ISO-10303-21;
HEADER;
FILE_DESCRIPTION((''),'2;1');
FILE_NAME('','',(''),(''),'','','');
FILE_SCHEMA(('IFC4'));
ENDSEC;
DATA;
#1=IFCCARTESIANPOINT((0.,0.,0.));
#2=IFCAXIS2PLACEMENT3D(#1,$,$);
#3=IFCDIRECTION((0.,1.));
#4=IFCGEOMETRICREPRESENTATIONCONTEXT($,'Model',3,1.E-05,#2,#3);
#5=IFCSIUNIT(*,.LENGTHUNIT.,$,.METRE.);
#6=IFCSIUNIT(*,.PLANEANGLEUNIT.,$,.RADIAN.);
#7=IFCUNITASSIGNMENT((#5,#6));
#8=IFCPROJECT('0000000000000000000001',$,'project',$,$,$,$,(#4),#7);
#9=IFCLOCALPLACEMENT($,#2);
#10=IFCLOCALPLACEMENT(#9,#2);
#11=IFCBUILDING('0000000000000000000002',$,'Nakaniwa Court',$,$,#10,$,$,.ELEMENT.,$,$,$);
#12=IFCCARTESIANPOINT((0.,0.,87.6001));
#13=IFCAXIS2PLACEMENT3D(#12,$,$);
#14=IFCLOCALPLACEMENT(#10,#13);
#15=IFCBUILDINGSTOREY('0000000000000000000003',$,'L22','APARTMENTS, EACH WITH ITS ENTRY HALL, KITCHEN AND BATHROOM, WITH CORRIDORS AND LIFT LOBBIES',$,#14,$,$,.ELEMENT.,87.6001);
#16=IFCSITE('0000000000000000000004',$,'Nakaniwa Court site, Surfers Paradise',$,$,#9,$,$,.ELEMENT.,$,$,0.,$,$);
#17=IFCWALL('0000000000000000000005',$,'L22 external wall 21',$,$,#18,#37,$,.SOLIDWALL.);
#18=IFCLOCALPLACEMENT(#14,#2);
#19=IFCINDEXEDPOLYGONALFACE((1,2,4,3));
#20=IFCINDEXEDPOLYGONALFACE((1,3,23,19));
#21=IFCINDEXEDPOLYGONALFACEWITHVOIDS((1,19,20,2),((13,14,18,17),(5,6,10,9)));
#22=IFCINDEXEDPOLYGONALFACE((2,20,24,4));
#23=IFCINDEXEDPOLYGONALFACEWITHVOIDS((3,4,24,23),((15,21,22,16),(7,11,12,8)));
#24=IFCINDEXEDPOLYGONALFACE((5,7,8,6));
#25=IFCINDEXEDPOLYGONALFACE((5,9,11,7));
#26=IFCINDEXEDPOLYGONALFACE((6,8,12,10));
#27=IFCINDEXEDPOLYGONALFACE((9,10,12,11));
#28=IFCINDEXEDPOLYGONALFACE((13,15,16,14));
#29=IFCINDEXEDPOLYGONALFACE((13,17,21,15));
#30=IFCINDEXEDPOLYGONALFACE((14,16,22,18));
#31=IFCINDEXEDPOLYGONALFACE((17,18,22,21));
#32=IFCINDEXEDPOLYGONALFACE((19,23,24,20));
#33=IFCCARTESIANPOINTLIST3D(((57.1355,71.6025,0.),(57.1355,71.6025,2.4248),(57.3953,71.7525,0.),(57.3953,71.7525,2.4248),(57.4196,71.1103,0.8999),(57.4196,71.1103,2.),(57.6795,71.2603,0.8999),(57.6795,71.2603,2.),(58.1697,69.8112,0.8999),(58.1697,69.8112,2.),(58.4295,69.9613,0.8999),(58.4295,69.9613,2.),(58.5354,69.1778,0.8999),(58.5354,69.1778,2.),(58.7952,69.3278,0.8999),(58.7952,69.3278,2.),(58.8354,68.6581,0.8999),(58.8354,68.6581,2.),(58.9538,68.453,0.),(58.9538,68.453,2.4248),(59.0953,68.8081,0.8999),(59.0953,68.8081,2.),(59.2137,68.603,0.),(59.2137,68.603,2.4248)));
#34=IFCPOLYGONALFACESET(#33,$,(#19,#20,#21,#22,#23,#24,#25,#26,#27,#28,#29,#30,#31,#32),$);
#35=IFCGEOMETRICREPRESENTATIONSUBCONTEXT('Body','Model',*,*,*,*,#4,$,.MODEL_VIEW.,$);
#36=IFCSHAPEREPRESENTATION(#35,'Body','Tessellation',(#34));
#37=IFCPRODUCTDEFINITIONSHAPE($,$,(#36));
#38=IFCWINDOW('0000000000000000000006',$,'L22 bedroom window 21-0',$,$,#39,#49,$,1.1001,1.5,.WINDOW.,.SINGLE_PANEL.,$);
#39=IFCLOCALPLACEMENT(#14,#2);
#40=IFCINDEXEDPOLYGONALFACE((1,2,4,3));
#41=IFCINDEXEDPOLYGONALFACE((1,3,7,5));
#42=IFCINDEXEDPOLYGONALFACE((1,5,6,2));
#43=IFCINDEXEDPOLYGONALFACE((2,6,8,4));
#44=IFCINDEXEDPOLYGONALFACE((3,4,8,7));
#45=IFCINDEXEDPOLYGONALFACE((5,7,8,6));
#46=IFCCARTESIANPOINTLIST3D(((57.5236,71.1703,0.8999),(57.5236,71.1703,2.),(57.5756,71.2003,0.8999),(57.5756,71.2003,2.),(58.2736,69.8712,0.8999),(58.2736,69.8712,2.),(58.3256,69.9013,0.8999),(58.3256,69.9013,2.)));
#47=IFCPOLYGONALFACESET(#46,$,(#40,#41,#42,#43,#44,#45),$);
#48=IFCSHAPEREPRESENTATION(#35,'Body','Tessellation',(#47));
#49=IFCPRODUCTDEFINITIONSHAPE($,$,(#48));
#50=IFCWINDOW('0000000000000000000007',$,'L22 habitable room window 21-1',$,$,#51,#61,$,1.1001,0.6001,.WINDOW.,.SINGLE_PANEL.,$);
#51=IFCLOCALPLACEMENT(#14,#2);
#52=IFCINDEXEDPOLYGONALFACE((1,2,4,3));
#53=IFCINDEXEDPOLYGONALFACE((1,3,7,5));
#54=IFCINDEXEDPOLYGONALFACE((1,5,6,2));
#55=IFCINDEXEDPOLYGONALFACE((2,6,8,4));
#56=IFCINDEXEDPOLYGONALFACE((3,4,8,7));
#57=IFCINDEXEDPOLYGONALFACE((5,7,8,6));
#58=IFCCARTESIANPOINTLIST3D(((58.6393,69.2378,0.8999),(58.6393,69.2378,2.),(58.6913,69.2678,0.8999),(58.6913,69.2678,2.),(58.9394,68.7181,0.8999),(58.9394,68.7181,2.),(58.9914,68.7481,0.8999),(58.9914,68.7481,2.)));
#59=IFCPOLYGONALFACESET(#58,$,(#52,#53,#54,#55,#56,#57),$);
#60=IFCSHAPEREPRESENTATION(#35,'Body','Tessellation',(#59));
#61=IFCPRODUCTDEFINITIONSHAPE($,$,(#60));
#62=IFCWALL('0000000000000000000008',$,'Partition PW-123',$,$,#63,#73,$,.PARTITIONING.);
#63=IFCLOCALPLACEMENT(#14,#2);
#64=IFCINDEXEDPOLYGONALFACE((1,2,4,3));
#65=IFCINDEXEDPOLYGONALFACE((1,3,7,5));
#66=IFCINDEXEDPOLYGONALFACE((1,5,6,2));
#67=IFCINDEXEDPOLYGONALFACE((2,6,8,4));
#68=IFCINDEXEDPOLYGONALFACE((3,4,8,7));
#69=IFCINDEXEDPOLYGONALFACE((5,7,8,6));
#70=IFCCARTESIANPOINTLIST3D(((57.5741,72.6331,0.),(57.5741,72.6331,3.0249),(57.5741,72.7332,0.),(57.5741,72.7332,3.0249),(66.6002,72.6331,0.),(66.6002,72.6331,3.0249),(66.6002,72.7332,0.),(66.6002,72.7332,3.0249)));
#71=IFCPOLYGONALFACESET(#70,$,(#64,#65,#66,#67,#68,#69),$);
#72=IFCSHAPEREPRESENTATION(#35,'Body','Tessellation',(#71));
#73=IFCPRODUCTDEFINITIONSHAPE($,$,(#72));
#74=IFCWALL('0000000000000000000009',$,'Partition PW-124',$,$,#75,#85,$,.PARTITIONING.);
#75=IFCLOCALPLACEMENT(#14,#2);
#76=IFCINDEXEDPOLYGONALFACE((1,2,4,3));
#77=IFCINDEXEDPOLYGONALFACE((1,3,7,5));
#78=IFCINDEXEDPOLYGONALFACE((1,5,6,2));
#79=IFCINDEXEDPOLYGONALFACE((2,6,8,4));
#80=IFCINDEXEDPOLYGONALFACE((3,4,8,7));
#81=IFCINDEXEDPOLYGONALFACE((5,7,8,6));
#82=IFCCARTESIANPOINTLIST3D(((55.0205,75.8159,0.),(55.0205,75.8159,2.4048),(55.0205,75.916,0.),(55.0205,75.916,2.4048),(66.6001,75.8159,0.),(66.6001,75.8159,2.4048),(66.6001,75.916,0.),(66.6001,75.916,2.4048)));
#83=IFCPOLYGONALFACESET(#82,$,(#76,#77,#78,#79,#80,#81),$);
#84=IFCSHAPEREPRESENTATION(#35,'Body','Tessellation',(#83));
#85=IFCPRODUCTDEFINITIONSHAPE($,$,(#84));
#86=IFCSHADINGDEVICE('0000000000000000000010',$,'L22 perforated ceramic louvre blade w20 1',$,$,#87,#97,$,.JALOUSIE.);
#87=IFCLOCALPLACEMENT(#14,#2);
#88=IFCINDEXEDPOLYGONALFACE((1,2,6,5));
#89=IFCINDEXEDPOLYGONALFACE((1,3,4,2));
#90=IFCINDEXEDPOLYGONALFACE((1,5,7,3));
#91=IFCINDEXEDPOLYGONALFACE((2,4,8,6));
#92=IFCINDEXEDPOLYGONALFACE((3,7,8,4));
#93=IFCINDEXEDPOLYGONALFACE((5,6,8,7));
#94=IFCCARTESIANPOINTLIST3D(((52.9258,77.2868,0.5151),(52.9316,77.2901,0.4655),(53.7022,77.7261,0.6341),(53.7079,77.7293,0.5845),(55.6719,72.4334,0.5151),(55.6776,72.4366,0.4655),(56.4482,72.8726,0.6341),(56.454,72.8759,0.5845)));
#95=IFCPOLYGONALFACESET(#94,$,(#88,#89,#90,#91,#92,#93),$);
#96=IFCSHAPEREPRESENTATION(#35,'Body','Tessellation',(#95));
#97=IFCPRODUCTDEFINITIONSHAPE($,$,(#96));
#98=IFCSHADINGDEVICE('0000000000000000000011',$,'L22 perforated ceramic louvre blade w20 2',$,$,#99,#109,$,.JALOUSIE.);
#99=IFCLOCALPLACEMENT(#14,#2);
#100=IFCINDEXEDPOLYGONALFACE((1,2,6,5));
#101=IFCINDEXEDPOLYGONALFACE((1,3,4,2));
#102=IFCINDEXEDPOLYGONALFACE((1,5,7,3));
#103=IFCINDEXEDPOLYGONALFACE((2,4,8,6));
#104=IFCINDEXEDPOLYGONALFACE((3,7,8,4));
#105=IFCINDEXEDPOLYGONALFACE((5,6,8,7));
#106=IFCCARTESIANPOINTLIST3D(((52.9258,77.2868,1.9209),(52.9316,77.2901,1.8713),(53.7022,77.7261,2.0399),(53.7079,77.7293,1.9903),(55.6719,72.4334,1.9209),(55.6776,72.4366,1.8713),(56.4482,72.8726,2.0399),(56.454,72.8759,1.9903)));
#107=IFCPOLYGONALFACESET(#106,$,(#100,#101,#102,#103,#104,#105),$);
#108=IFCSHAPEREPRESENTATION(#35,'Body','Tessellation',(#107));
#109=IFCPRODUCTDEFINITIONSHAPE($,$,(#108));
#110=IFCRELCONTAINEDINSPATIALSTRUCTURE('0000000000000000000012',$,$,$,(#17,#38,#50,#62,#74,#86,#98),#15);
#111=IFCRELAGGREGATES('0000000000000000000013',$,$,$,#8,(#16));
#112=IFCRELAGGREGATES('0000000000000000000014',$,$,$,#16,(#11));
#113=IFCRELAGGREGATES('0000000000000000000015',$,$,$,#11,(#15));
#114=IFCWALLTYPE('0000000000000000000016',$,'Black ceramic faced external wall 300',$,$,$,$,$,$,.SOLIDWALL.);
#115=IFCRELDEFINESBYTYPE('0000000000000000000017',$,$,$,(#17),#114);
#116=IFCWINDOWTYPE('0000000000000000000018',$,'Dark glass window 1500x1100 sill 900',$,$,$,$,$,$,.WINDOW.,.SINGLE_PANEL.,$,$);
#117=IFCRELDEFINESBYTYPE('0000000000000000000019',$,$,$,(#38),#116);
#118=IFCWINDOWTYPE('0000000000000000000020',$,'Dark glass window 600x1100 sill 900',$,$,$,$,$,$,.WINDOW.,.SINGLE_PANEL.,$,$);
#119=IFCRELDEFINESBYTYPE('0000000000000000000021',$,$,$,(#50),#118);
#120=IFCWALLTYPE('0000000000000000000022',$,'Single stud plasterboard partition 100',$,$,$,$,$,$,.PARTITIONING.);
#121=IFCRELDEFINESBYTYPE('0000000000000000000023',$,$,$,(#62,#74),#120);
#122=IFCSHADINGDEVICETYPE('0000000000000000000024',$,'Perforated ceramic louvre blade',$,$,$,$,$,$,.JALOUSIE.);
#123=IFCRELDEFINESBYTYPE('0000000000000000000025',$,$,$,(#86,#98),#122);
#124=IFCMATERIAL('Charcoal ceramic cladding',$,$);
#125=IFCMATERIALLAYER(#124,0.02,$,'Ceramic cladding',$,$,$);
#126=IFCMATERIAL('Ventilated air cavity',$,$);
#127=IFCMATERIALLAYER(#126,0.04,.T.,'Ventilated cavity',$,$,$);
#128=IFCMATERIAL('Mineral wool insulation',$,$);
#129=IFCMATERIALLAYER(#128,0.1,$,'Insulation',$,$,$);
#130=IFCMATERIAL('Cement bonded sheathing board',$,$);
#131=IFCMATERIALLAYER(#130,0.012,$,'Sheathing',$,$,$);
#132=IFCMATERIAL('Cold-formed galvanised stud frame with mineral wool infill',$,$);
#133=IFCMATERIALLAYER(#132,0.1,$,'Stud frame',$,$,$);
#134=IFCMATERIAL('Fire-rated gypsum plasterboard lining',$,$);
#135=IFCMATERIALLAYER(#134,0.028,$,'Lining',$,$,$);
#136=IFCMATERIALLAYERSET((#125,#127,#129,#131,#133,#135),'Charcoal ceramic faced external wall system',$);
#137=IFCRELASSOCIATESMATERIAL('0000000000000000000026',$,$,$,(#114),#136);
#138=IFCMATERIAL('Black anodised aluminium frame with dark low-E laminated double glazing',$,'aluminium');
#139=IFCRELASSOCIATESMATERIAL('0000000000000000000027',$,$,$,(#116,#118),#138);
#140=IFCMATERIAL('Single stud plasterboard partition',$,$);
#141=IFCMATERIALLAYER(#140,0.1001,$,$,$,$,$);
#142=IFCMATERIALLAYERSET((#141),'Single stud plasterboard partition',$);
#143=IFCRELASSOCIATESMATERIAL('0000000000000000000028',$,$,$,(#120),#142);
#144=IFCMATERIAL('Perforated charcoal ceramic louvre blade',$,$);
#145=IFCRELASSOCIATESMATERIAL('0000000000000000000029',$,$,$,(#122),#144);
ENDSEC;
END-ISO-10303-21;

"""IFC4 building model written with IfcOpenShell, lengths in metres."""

from ifc_helpers import new_model, si_unit, direction, frame, frame_2d, origin, origin_2d, place, context, subcontext, project, spatial, rectangle, extrude, material, layer, layer_set, material_profile, profile_set, type_object, element, fill, save


model = new_model("IFC4")

# Units and contexts
model_context = context("Model", 3, precision=1e-05, world=origin(), true_north=direction((0.0, 1.0)))
body_context = subcontext(model_context, "Body", "Model", "MODEL_VIEW")
ifc_project = project(units=[si_unit("LENGTHUNIT", "METRE"), si_unit("PLANEANGLEUNIT", "RADIAN")], contexts=[model_context])

# Site, building, storey
site_placement = place(None, origin())
site = spatial("IfcSite", under=ifc_project, at=site_placement, Name="Nakaniwa Court site, Surfers Paradise", CompositionType="ELEMENT", RefElevation=0.0)
building_placement = place(site_placement, origin())
building = spatial("IfcBuilding", under=site, at=building_placement, Name="Nakaniwa Court", CompositionType="ELEMENT")
storey_placement = place(building_placement, frame((0.0, 0.0, 87.6001)))
storey = spatial("IfcBuildingStorey", under=building, at=storey_placement, Name="L22", Description="APARTMENTS, EACH WITH ITS ENTRY HALL, KITCHEN AND BATHROOM, WITH CORRIDORS AND LIFT LOBBIES", CompositionType="ELEMENT", Elevation=87.6001)

# Shared definitions
ifc_material_1 = material(Name="Charcoal ceramic cladding")
ifc_layer_1 = layer(ifc_material_1, 0.02, Name="Ceramic cladding")
ifc_material_2 = material(Name="Ventilated air cavity")
ifc_layer_2 = layer(ifc_material_2, 0.04, ventilated=True, Name="Ventilated cavity")
ifc_material_3 = material(Name="Mineral wool insulation")
ifc_layer_3 = layer(ifc_material_3, 0.1, Name="Insulation")
ifc_material_4 = material(Name="Cement bonded sheathing board")
ifc_layer_4 = layer(ifc_material_4, 0.012, Name="Sheathing")
ifc_material_5 = material(Name="Cold-formed galvanised stud frame with mineral wool infill")
ifc_layer_5 = layer(ifc_material_5, 0.1, Name="Stud frame")
ifc_material_6 = material(Name="Fire-rated gypsum plasterboard lining")
ifc_layer_6 = layer(ifc_material_6, 0.028, Name="Lining")
ifc_layer_set_1 = layer_set([ifc_layer_1, ifc_layer_2, ifc_layer_3, ifc_layer_4, ifc_layer_5, ifc_layer_6], Name="Charcoal ceramic faced external wall system")
wall_type_1 = type_object("IfcWallType", Name="Black ceramic faced external wall 300", PredefinedType="SOLIDWALL", material=ifc_layer_set_1)
ifc_material_7 = material(Name="Black anodised aluminium frame with dark low-E laminated double glazing", Category="aluminium")
window_type_1 = type_object("IfcWindowType", Name="Dark glass window 1500x1100 sill 900", PartitioningType="SINGLE_PANEL", PredefinedType="WINDOW", material=ifc_material_7)

# Wall, openings, windows
wall_1_placement = place(storey_placement, frame((57.2654, 71.6775, 0.0), z_axis=(0.0, 0.0, 1.0), x_axis=(0.500009, -0.86602, 0.0)))
wall_1 = element("IfcWall", 1, at=wall_1_placement, inside=storey, type_object=wall_type_1, Name="L22 external wall 21", PredefinedType="SOLIDWALL", context=body_context, shape_type="SweptSolid", body=[
    extrude(rectangle(XDim=3.6367, YDim=0.3, at=frame_2d((1.8184, 0.0))), origin(), (0.0, 0.0, 1.0), 2.4248),
])
opening_1_placement = place(wall_1_placement, frame((0.5684, 0.0, 0.8999)))
opening_1 = element("IfcOpeningElement", 2, at=opening_1_placement, cuts=wall_1, PredefinedType="OPENING", context=body_context, shape_type="SweptSolid", body=[
    extrude(rectangle(XDim=1.5, YDim=1.1001, at=frame_2d((0.75, 0.55))), frame((0.0, 0.1599, 0.0), z_axis=(0.0, -1.0, 0.0), x_axis=(1.0, 0.0, 0.0)), (0.0, 0.0, 1.0), 0.3201),
])
opening_2_placement = place(wall_1_placement, frame((2.7998, 0.0, 0.8999)))
opening_2 = element("IfcOpeningElement", 3, at=opening_2_placement, cuts=wall_1, PredefinedType="OPENING", context=body_context, shape_type="SweptSolid", body=[
    extrude(rectangle(XDim=0.6001, YDim=1.1001, at=frame_2d((0.3, 0.55))), frame((0.0, 0.1599, 0.0), z_axis=(0.0, -1.0, 0.0), x_axis=(1.0, 0.0, 0.0)), (0.0, 0.0, 1.0), 0.3201),
])
window_1_placement = place(opening_1_placement, origin())
window_1 = element("IfcWindow", 4, at=window_1_placement, inside=storey, type_object=window_type_1, Name="L22 bedroom window 21-0", OverallHeight=1.1001, OverallWidth=1.5, PartitioningType="SINGLE_PANEL", PredefinedType="WINDOW", context=body_context, shape_type="SweptSolid", body=[
    extrude(rectangle(XDim=1.5, YDim=1.1001, at=frame_2d((0.75, 0.55))), frame((0.0, 0.03, 0.0), z_axis=(0.0, -1.0, 0.0), x_axis=(1.0, 0.0, 0.0)), (0.0, 0.0, 1.0), 0.0601),
])
fill(opening_1, window_1)
window_type_2 = type_object("IfcWindowType", Name="Dark glass window 600x1100 sill 900", PartitioningType="SINGLE_PANEL", PredefinedType="WINDOW", material=ifc_material_7)
window_2_placement = place(opening_2_placement, origin())
window_2 = element("IfcWindow", 5, at=window_2_placement, inside=storey, type_object=window_type_2, Name="L22 habitable room window 21-1", OverallHeight=1.1001, OverallWidth=0.6001, PartitioningType="SINGLE_PANEL", PredefinedType="WINDOW", context=body_context, shape_type="SweptSolid", body=[
    extrude(rectangle(XDim=0.6001, YDim=1.1001, at=frame_2d((0.3, 0.55))), frame((0.0, 0.03, 0.0), z_axis=(0.0, -1.0, 0.0), x_axis=(1.0, 0.0, 0.0)), (0.0, 0.0, 1.0), 0.0601),
])
fill(opening_2, window_2)

# Walls
ifc_material_8 = material(Name="Single stud plasterboard partition")
ifc_layer_7 = layer(ifc_material_8, 0.1001)
ifc_layer_set_2 = layer_set([ifc_layer_7], Name="Single stud plasterboard partition")
wall_type_2 = type_object("IfcWallType", Name="Single stud plasterboard partition 100", PredefinedType="PARTITIONING", material=ifc_layer_set_2)
wall_2_placement = place(storey_placement, frame((57.574, 72.6831, 0.0), z_axis=(0.0, 0.0, 1.0), x_axis=(1.0, 0.0, 0.0)))
element("IfcWall", 6, at=wall_2_placement, inside=storey, type_object=wall_type_2, Name="Partition PW-123", PredefinedType="PARTITIONING", context=body_context, shape_type="SweptSolid", body=[
    extrude(rectangle(XDim=9.0261, YDim=0.1001, at=frame_2d((4.5132, 0.0))), origin(), (0.0, 0.0, 1.0), 3.0249),
])
wall_3_placement = place(storey_placement, frame((55.0205, 75.866, 0.0), z_axis=(0.0, 0.0, 1.0), x_axis=(1.0, 0.0, 0.0)))
element("IfcWall", 7, at=wall_3_placement, inside=storey, type_object=wall_type_2, Name="Partition PW-124", PredefinedType="PARTITIONING", context=body_context, shape_type="SweptSolid", body=[
    extrude(rectangle(XDim=11.5796, YDim=0.1001, at=frame_2d((5.7898, 0.0))), origin(), (0.0, 0.0, 1.0), 2.4048),
])

# Shading devices
ifc_material_9 = material(Name="Perforated charcoal ceramic louvre blade")
ifc_material_profile_1 = material_profile(ifc_material_9, rectangle(XDim=0.8999, YDim=0.05, at=origin_2d()), Name="Perforated ceramic louvre blade")
ifc_profile_set_1 = profile_set([ifc_material_profile_1], Name="Perforated charcoal ceramic louvre blade")
shading_device_type = type_object("IfcShadingDeviceType", Name="Perforated ceramic louvre blade", PredefinedType="JALOUSIE", material=ifc_profile_set_1)
for number, where, z_axis, x_axis, name in (
    (8, (53.3169, 77.5081, 0.5498), (0.492438, -0.870347, 0.0), (0.862702, 0.488112, 0.132256), "L22 perforated ceramic louvre blade w20 1"),
    (9, (53.3169, 77.5081, 1.9556), (0.492438, -0.870347, 0.0), (0.862702, 0.488112, 0.132256), "L22 perforated ceramic louvre blade w20 2"),
):
    element("IfcShadingDevice", number, at=place(storey_placement, frame(where, z_axis=z_axis, x_axis=x_axis)), inside=storey, type_object=shading_device_type, Name=name, PredefinedType="JALOUSIE", context=body_context, shape_type="SweptSolid", body=[
        extrude(rectangle(XDim=0.8999, YDim=0.05, at=origin_2d()), origin(), (0.0, 0.0, 1.0), 5.5764),
    ])

save(model, "model.ifc")
